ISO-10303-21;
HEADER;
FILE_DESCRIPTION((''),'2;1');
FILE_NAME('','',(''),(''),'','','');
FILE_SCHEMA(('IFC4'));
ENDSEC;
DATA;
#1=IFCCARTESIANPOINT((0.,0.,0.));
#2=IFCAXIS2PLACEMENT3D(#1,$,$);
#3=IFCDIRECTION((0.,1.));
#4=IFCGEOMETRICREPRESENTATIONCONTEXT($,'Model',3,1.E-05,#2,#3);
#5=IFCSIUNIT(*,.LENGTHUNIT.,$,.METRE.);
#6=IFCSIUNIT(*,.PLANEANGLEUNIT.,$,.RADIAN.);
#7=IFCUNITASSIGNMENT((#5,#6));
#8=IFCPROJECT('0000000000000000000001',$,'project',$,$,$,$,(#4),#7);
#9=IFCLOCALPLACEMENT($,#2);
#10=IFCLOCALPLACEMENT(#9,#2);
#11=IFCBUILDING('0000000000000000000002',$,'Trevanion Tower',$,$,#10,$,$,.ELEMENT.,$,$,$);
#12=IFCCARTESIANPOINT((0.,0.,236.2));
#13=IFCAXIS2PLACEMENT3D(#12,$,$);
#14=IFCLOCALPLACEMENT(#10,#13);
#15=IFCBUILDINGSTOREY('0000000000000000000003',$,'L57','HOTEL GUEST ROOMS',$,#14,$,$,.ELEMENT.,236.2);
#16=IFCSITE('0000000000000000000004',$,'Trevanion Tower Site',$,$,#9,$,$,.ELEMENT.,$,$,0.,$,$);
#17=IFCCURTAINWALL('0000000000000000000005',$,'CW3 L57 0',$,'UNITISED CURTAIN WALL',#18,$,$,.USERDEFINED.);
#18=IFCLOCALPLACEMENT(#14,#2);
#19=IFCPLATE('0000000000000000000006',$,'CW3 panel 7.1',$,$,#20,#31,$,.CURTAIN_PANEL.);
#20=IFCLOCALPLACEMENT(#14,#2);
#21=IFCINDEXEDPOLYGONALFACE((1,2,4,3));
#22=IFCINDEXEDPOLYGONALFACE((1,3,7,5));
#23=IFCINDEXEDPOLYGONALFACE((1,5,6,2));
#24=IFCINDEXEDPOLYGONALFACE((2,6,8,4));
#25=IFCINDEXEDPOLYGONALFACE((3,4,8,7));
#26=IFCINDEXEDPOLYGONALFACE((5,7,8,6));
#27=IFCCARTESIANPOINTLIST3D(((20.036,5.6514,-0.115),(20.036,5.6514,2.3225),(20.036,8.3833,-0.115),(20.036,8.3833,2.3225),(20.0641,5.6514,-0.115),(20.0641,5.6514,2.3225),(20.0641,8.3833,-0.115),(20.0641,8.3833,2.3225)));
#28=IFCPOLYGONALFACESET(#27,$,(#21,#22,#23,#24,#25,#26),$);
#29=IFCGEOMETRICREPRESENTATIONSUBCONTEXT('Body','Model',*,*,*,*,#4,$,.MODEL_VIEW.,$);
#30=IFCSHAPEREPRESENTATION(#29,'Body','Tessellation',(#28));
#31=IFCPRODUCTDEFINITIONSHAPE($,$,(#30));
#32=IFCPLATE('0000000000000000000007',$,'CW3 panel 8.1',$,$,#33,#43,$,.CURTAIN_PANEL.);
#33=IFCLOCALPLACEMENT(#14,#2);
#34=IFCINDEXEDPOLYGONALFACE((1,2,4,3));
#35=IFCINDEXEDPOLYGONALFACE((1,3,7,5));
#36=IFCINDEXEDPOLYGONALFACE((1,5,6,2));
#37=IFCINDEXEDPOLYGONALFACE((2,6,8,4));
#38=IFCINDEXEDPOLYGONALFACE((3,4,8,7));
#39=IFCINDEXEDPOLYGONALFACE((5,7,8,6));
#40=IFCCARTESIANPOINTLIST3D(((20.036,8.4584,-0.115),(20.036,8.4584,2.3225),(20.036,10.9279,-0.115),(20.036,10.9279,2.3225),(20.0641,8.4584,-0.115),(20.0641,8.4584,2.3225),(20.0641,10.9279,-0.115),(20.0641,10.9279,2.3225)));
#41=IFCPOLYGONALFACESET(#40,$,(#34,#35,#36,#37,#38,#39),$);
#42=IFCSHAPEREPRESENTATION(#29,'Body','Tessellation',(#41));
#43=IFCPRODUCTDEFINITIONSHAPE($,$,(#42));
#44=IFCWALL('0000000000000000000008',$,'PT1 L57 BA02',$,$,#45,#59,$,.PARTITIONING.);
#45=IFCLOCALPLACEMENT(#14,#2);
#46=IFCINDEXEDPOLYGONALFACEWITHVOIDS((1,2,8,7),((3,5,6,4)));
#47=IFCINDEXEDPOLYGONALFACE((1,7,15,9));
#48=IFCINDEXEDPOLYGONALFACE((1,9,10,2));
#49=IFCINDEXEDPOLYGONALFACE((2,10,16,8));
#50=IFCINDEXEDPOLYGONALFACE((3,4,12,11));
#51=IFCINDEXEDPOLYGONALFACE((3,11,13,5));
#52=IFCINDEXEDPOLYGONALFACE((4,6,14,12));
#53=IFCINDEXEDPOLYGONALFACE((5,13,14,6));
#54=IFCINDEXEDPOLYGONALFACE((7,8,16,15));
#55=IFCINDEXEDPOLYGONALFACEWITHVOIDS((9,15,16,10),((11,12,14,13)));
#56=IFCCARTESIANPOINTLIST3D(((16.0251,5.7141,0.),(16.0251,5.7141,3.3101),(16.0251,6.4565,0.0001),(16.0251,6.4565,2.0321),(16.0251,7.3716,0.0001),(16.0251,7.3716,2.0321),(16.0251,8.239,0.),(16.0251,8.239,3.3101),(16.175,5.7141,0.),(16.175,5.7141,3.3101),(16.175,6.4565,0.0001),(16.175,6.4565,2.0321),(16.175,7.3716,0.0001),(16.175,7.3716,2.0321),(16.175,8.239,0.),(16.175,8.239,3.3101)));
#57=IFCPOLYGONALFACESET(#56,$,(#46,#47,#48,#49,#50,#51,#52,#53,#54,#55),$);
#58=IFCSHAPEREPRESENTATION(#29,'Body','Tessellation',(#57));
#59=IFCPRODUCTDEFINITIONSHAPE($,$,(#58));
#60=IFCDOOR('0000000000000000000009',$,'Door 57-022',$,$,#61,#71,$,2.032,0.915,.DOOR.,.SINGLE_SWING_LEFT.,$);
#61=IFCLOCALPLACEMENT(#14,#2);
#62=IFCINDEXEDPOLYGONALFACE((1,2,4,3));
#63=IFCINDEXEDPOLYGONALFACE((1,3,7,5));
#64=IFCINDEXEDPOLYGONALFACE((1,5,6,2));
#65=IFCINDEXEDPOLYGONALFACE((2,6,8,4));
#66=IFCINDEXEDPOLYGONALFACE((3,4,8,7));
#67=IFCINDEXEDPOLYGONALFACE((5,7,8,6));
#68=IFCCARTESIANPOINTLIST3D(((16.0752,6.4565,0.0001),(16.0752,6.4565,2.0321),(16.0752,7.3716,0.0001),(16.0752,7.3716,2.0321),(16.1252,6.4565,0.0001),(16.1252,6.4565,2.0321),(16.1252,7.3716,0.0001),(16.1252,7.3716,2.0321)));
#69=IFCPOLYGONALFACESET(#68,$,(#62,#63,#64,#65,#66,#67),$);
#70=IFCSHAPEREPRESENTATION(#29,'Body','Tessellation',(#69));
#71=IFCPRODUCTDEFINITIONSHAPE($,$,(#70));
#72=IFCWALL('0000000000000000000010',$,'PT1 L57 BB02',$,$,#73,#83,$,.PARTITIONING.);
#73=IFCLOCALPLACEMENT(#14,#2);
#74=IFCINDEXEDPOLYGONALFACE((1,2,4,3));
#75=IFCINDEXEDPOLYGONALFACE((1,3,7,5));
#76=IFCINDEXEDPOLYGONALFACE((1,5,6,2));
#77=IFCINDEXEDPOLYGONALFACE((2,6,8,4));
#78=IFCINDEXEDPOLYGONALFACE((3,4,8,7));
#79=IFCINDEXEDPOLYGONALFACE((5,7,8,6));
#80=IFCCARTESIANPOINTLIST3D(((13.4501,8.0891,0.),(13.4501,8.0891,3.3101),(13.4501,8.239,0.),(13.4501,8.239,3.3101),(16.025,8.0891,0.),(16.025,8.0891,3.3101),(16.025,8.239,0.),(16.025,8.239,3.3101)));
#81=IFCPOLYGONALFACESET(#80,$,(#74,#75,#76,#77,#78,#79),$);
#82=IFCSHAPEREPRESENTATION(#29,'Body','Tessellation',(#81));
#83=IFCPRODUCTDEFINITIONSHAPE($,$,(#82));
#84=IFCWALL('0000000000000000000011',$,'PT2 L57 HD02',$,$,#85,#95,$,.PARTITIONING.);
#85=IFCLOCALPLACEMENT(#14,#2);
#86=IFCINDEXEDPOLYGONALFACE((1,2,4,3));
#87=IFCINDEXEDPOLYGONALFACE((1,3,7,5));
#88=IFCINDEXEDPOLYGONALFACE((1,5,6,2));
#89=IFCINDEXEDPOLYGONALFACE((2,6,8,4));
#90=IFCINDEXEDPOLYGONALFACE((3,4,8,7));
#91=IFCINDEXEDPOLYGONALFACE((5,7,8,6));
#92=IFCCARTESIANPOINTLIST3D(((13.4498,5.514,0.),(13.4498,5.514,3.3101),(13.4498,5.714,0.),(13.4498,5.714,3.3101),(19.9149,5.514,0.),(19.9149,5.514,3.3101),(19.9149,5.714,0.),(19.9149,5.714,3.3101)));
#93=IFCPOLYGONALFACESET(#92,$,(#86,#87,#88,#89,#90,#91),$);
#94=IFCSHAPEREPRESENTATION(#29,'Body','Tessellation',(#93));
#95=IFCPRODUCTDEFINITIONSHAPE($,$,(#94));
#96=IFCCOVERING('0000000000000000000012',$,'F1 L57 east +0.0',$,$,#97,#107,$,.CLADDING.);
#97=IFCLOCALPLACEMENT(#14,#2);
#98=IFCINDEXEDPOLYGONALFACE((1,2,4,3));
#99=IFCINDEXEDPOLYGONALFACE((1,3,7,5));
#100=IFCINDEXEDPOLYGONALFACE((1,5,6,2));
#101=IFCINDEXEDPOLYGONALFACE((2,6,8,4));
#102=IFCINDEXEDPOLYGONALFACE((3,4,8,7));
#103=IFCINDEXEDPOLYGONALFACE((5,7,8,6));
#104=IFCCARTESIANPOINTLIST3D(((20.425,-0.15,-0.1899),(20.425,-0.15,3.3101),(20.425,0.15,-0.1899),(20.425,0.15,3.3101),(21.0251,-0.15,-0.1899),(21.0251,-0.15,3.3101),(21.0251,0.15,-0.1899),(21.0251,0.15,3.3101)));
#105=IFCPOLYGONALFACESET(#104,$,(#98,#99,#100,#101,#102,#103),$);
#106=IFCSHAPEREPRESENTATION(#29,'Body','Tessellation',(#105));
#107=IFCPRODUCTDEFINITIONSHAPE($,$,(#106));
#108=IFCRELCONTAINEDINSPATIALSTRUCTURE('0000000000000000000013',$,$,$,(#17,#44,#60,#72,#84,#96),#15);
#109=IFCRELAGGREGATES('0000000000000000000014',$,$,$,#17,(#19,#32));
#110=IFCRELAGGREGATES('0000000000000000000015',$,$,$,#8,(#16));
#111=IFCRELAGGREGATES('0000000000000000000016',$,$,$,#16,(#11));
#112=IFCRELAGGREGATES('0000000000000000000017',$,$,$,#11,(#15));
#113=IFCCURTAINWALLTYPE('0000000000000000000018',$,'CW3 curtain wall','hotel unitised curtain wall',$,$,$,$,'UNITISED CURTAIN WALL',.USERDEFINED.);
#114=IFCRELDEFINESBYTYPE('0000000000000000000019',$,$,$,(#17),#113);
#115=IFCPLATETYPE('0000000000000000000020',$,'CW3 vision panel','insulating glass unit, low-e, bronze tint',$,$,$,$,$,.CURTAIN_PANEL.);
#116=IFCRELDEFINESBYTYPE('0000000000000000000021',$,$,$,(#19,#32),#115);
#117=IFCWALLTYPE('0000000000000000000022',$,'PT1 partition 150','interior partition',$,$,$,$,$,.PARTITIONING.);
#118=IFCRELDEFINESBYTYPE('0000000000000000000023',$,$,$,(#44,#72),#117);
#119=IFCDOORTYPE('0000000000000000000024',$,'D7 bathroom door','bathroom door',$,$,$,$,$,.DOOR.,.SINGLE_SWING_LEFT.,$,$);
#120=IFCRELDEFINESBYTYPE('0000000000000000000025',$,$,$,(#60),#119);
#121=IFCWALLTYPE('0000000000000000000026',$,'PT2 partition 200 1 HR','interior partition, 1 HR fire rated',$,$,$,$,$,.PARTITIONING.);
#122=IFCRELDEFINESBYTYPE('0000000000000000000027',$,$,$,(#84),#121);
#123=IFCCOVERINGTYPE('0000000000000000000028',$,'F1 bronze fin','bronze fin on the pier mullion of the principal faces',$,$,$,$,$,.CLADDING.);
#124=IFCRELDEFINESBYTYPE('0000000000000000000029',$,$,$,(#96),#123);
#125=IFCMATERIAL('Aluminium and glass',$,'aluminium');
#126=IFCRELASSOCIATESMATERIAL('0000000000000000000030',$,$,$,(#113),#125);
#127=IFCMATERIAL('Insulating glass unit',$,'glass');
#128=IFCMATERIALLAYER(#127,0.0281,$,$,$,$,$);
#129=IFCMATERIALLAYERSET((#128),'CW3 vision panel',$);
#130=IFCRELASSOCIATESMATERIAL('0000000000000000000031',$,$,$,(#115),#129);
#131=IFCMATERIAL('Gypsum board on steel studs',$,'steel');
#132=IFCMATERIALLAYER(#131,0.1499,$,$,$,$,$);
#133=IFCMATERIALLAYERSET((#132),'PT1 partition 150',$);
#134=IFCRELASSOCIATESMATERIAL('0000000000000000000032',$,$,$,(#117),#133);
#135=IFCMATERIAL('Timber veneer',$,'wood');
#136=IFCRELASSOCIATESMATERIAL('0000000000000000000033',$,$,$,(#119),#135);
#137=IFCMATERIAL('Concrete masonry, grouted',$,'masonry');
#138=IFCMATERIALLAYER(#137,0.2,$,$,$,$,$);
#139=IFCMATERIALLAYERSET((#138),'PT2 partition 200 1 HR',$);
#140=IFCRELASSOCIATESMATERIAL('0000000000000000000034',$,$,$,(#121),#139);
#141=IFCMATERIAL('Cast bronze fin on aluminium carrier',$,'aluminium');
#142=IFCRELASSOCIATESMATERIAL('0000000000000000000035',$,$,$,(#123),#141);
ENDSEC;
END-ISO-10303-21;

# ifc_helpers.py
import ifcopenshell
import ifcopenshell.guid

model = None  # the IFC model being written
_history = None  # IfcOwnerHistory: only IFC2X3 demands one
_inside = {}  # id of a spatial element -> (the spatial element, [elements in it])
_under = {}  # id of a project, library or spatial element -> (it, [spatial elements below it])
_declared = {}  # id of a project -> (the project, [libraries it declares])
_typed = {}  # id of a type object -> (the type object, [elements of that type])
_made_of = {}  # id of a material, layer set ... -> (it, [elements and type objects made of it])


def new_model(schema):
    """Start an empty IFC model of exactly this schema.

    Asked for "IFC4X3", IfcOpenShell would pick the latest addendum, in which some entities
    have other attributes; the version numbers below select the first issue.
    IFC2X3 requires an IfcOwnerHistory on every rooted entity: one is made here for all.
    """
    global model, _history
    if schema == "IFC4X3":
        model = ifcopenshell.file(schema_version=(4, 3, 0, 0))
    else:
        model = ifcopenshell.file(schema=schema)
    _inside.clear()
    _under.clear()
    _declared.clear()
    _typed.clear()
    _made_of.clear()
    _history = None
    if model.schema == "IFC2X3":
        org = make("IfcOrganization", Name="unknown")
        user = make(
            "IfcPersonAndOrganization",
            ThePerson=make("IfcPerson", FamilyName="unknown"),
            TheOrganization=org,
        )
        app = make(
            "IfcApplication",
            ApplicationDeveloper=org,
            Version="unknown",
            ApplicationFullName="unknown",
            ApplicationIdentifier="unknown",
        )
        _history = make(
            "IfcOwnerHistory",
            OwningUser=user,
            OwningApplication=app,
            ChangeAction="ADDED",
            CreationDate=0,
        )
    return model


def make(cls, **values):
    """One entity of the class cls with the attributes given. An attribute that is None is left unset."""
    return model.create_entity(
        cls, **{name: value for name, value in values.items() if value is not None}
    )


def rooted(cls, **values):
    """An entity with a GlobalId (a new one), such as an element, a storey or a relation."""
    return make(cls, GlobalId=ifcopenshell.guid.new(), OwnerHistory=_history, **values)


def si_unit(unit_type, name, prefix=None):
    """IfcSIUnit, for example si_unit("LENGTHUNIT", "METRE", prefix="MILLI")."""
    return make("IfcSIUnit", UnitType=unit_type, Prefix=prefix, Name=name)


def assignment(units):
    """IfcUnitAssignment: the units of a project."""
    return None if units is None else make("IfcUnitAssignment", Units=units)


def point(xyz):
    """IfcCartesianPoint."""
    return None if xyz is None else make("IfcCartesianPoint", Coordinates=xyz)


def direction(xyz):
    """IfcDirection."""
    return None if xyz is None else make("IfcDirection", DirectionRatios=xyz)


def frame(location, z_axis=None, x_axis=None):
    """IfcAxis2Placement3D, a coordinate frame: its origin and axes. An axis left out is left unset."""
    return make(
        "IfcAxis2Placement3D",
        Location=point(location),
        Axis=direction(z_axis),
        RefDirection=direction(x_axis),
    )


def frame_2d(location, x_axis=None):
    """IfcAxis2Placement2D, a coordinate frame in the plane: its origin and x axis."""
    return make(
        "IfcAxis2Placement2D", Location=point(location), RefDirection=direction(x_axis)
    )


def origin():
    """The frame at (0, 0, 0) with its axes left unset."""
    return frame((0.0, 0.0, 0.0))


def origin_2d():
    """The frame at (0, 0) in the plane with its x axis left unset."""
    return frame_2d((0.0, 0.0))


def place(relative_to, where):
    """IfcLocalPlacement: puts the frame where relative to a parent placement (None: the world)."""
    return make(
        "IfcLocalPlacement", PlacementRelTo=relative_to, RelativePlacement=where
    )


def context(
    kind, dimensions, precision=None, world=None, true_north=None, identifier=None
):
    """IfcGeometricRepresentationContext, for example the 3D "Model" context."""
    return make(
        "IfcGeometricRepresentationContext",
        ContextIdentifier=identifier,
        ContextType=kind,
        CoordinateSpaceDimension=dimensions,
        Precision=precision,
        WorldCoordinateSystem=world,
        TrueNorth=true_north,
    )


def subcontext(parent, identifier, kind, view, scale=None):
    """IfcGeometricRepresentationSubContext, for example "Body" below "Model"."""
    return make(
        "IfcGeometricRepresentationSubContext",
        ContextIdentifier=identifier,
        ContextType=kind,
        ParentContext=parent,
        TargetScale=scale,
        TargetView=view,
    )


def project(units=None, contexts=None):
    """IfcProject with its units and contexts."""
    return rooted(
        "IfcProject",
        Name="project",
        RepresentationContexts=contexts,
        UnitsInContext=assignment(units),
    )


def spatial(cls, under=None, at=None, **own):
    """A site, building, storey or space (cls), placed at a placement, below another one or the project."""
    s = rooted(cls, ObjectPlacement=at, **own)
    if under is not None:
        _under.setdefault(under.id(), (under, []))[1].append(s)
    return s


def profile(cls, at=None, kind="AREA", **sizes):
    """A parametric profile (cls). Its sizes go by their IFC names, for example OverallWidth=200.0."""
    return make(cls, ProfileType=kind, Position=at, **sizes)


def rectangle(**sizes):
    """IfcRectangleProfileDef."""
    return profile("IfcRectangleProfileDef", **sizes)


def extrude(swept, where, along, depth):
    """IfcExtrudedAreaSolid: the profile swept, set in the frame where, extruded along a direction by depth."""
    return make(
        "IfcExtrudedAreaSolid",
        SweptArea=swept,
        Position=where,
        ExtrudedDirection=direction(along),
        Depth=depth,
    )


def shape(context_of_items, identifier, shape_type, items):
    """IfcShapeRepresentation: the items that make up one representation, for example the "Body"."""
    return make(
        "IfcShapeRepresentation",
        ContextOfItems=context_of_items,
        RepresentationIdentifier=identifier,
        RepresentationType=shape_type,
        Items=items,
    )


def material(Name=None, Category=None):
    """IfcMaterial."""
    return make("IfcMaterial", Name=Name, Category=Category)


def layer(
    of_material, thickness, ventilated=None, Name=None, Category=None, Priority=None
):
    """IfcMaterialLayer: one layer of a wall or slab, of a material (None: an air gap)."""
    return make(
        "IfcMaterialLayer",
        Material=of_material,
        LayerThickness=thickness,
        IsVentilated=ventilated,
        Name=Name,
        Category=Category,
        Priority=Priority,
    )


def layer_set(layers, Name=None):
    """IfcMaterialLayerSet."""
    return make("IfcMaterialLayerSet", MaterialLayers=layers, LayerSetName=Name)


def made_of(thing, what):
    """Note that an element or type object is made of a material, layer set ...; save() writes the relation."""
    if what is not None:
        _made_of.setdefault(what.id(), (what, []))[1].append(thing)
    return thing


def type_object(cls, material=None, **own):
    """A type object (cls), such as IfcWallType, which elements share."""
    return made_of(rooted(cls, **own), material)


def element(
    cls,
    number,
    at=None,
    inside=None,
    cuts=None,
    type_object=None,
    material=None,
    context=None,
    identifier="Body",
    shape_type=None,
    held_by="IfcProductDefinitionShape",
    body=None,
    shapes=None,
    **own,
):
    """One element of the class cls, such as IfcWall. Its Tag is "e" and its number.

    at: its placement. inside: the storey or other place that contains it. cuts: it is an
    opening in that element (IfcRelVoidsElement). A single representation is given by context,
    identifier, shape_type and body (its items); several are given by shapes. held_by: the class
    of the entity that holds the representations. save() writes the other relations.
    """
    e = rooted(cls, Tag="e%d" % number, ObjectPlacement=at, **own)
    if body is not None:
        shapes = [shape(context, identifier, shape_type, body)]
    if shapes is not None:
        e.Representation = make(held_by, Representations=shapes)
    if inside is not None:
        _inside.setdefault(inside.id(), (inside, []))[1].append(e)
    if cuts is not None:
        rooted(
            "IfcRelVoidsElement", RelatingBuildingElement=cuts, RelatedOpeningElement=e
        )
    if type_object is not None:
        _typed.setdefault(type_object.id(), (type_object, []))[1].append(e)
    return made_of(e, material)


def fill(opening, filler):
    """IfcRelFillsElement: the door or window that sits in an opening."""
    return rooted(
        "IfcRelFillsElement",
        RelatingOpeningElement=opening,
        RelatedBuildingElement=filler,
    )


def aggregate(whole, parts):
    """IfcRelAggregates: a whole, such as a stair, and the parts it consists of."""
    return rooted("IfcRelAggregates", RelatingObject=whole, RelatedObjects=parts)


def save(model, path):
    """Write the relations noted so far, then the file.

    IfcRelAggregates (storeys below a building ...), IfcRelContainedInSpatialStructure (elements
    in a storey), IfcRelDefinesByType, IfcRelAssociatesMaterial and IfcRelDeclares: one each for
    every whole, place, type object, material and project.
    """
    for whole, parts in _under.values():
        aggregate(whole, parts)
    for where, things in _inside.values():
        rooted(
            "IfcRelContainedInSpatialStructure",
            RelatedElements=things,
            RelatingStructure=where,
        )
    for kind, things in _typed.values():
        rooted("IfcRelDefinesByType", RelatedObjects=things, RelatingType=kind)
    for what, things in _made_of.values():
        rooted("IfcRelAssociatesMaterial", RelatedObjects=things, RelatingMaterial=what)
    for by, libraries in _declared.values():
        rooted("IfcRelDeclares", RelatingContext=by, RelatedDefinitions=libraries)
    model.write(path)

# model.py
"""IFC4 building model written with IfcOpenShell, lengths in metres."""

from ifc_helpers import new_model, si_unit, direction, frame, frame_2d, origin, origin_2d, place, context, subcontext, project, spatial, rectangle, extrude, material, layer, layer_set, type_object, element, fill, aggregate, save


model = new_model("IFC4")

# Units and contexts
model_context = context("Model", 3, precision=1e-05, world=origin(), true_north=direction((0.0, 1.0)))
body_context = subcontext(model_context, "Body", "Model", "MODEL_VIEW")
ifc_project = project(units=[si_unit("LENGTHUNIT", "METRE"), si_unit("PLANEANGLEUNIT", "RADIAN")], contexts=[model_context])

# Site, building, storey
site_placement = place(None, origin())
site = spatial("IfcSite", under=ifc_project, at=site_placement, Name="Trevanion Tower Site", CompositionType="ELEMENT", RefElevation=0.0)
building_placement = place(site_placement, origin())
building = spatial("IfcBuilding", under=site, at=building_placement, Name="Trevanion Tower", CompositionType="ELEMENT")
storey_placement = place(building_placement, frame((0.0, 0.0, 236.2)))
storey = spatial("IfcBuildingStorey", under=building, at=storey_placement, Name="L57", Description="HOTEL GUEST ROOMS", CompositionType="ELEMENT", Elevation=236.2)

# Curtain wall
ifc_material_1 = material(Name="Aluminium and glass", Category="aluminium")
curtain_wall_type = type_object("IfcCurtainWallType", Name="CW3 curtain wall", Description="hotel unitised curtain wall", ElementType="UNITISED CURTAIN WALL", PredefinedType="USERDEFINED", material=ifc_material_1)
curtain_wall_placement = place(storey_placement, origin())
curtain_wall = element("IfcCurtainWall", 1, at=curtain_wall_placement, inside=storey, type_object=curtain_wall_type, Name="CW3 L57 0", ObjectType="UNITISED CURTAIN WALL", PredefinedType="USERDEFINED")

# Plates
ifc_material_2 = material(Name="Insulating glass unit", Category="glass")
ifc_layer_1 = layer(ifc_material_2, 0.0281)
ifc_layer_set_1 = layer_set([ifc_layer_1], Name="CW3 vision panel")
plate_type_1 = type_object("IfcPlateType", Name="CW3 vision panel", Description="insulating glass unit, low-e, bronze tint", PredefinedType="CURTAIN_PANEL", material=ifc_layer_set_1)
plate_1_placement = place(storey_placement, frame((20.05, 7.0173, -0.115), z_axis=(0.0, 0.0, 1.0), x_axis=(0.0, 1.0, 0.0)))
plate_1 = element("IfcPlate", 2, at=plate_1_placement, type_object=plate_type_1, Name="CW3 panel 7.1", PredefinedType="CURTAIN_PANEL", context=body_context, shape_type="SweptSolid", body=[
    extrude(rectangle(XDim=2.7319, YDim=0.0281, at=origin_2d()), origin(), (0.0, 0.0, 1.0), 2.4375),
])
plate_2_placement = place(storey_placement, frame((20.05, 9.6931, -0.115), z_axis=(0.0, 0.0, 1.0), x_axis=(0.0, 1.0, 0.0)))
plate_2 = element("IfcPlate", 3, at=plate_2_placement, type_object=plate_type_1, Name="CW3 panel 8.1", PredefinedType="CURTAIN_PANEL", context=body_context, shape_type="SweptSolid", body=[
    extrude(rectangle(XDim=2.4695, YDim=0.0281, at=origin_2d()), origin(), (0.0, 0.0, 1.0), 2.4375),
])
aggregate(curtain_wall, [plate_1, plate_2])

# Wall, opening, door
ifc_material_3 = material(Name="Gypsum board on steel studs", Category="steel")
ifc_layer_2 = layer(ifc_material_3, 0.1499)
ifc_layer_set_2 = layer_set([ifc_layer_2], Name="PT1 partition 150")
wall_type_1 = type_object("IfcWallType", Name="PT1 partition 150", Description="interior partition", PredefinedType="PARTITIONING", material=ifc_layer_set_2)
wall_1_placement = place(storey_placement, frame((16.1001, 5.7141, 0.0), z_axis=(0.0, 0.0, 1.0), x_axis=(0.0, 1.0, 0.0)))
wall_1 = element("IfcWall", 4, at=wall_1_placement, inside=storey, type_object=wall_type_1, Name="PT1 L57 BA02", PredefinedType="PARTITIONING", context=body_context, shape_type="SweptSolid", body=[
    extrude(rectangle(XDim=2.5249, YDim=0.1499, at=frame_2d((1.2625, 0.0))), origin(), (0.0, 0.0, 1.0), 3.3101),
])
opening_placement = place(wall_1_placement, frame((0.7424, 0.0, 0.0)))
opening = element("IfcOpeningElement", 5, at=opening_placement, cuts=wall_1, PredefinedType="OPENING", context=body_context, shape_type="SweptSolid", body=[
    extrude(rectangle(XDim=0.915, YDim=2.032, at=frame_2d((0.4575, 1.0161))), frame((0.0, 0.085, 0.0), z_axis=(0.0, -1.0, 0.0), x_axis=(1.0, 0.0, 0.0)), (0.0, 0.0, 1.0), 0.1699),
])
ifc_material_4 = material(Name="Timber veneer", Category="wood")
door_type = type_object("IfcDoorType", Name="D7 bathroom door", Description="bathroom door", OperationType="SINGLE_SWING_LEFT", PredefinedType="DOOR", material=ifc_material_4)
door_placement = place(opening_placement, origin())
door = element("IfcDoor", 6, at=door_placement, inside=storey, type_object=door_type, Name="Door 57-022", OperationType="SINGLE_SWING_LEFT", OverallHeight=2.032, OverallWidth=0.915, PredefinedType="DOOR", context=body_context, shape_type="SweptSolid", body=[
    extrude(rectangle(XDim=0.915, YDim=2.032, at=frame_2d((0.4575, 1.0161))), frame((0.0, 0.0249, 0.0), z_axis=(0.0, -1.0, 0.0), x_axis=(1.0, 0.0, 0.0)), (0.0, 0.0, 1.0), 0.05),
])
fill(opening, door)

# Walls
wall_2_placement = place(storey_placement, frame((13.45, 8.1641, 0.0), z_axis=(0.0, 0.0, 1.0), x_axis=(1.0, 0.0, 0.0)))
element("IfcWall", 7, at=wall_2_placement, inside=storey, type_object=wall_type_1, Name="PT1 L57 BB02", PredefinedType="PARTITIONING", context=body_context, shape_type="SweptSolid", body=[
    extrude(rectangle(XDim=2.575, YDim=0.1499, at=frame_2d((1.2876, 0.0))), origin(), (0.0, 0.0, 1.0), 3.3101),
])
ifc_material_5 = material(Name="Concrete masonry, grouted", Category="masonry")
ifc_layer_3 = layer(ifc_material_5, 0.2)
ifc_layer_set_3 = layer_set([ifc_layer_3], Name="PT2 partition 200 1 HR")
wall_type_2 = type_object("IfcWallType", Name="PT2 partition 200 1 HR", Description="interior partition, 1 HR fire rated", PredefinedType="PARTITIONING", material=ifc_layer_set_3)
wall_3_placement = place(storey_placement, frame((13.45, 5.614, 0.0), z_axis=(0.0, 0.0, 1.0), x_axis=(1.0, 0.0, 0.0)))
element("IfcWall", 8, at=wall_3_placement, inside=storey, type_object=wall_type_2, Name="PT2 L57 HD02", PredefinedType="PARTITIONING", context=body_context, shape_type="SweptSolid", body=[
    extrude(rectangle(XDim=6.4651, YDim=0.2, at=frame_2d((3.2324, 0.0))), origin(), (0.0, 0.0, 1.0), 3.3101),
])

# Covering
ifc_material_6 = material(Name="Cast bronze fin on aluminium carrier", Category="aluminium")
covering_type = type_object("IfcCoveringType", Name="F1 bronze fin", Description="bronze fin on the pier mullion of the principal faces", PredefinedType="CLADDING", material=ifc_material_6)
covering_placement = place(storey_placement, frame((20.7251, 0.0, -0.1899), z_axis=(0.0, 0.0, 1.0), x_axis=(0.0, 1.0, 0.0)))
element("IfcCovering", 9, at=covering_placement, inside=storey, type_object=covering_type, Name="F1 L57 east +0.0", PredefinedType="CLADDING", context=body_context, shape_type="SweptSolid", body=[
    extrude(rectangle(XDim=0.3, YDim=0.6001, at=origin_2d()), origin(), (0.0, 0.0, 1.0), 3.5),
])

save(model, "model.ifc")
